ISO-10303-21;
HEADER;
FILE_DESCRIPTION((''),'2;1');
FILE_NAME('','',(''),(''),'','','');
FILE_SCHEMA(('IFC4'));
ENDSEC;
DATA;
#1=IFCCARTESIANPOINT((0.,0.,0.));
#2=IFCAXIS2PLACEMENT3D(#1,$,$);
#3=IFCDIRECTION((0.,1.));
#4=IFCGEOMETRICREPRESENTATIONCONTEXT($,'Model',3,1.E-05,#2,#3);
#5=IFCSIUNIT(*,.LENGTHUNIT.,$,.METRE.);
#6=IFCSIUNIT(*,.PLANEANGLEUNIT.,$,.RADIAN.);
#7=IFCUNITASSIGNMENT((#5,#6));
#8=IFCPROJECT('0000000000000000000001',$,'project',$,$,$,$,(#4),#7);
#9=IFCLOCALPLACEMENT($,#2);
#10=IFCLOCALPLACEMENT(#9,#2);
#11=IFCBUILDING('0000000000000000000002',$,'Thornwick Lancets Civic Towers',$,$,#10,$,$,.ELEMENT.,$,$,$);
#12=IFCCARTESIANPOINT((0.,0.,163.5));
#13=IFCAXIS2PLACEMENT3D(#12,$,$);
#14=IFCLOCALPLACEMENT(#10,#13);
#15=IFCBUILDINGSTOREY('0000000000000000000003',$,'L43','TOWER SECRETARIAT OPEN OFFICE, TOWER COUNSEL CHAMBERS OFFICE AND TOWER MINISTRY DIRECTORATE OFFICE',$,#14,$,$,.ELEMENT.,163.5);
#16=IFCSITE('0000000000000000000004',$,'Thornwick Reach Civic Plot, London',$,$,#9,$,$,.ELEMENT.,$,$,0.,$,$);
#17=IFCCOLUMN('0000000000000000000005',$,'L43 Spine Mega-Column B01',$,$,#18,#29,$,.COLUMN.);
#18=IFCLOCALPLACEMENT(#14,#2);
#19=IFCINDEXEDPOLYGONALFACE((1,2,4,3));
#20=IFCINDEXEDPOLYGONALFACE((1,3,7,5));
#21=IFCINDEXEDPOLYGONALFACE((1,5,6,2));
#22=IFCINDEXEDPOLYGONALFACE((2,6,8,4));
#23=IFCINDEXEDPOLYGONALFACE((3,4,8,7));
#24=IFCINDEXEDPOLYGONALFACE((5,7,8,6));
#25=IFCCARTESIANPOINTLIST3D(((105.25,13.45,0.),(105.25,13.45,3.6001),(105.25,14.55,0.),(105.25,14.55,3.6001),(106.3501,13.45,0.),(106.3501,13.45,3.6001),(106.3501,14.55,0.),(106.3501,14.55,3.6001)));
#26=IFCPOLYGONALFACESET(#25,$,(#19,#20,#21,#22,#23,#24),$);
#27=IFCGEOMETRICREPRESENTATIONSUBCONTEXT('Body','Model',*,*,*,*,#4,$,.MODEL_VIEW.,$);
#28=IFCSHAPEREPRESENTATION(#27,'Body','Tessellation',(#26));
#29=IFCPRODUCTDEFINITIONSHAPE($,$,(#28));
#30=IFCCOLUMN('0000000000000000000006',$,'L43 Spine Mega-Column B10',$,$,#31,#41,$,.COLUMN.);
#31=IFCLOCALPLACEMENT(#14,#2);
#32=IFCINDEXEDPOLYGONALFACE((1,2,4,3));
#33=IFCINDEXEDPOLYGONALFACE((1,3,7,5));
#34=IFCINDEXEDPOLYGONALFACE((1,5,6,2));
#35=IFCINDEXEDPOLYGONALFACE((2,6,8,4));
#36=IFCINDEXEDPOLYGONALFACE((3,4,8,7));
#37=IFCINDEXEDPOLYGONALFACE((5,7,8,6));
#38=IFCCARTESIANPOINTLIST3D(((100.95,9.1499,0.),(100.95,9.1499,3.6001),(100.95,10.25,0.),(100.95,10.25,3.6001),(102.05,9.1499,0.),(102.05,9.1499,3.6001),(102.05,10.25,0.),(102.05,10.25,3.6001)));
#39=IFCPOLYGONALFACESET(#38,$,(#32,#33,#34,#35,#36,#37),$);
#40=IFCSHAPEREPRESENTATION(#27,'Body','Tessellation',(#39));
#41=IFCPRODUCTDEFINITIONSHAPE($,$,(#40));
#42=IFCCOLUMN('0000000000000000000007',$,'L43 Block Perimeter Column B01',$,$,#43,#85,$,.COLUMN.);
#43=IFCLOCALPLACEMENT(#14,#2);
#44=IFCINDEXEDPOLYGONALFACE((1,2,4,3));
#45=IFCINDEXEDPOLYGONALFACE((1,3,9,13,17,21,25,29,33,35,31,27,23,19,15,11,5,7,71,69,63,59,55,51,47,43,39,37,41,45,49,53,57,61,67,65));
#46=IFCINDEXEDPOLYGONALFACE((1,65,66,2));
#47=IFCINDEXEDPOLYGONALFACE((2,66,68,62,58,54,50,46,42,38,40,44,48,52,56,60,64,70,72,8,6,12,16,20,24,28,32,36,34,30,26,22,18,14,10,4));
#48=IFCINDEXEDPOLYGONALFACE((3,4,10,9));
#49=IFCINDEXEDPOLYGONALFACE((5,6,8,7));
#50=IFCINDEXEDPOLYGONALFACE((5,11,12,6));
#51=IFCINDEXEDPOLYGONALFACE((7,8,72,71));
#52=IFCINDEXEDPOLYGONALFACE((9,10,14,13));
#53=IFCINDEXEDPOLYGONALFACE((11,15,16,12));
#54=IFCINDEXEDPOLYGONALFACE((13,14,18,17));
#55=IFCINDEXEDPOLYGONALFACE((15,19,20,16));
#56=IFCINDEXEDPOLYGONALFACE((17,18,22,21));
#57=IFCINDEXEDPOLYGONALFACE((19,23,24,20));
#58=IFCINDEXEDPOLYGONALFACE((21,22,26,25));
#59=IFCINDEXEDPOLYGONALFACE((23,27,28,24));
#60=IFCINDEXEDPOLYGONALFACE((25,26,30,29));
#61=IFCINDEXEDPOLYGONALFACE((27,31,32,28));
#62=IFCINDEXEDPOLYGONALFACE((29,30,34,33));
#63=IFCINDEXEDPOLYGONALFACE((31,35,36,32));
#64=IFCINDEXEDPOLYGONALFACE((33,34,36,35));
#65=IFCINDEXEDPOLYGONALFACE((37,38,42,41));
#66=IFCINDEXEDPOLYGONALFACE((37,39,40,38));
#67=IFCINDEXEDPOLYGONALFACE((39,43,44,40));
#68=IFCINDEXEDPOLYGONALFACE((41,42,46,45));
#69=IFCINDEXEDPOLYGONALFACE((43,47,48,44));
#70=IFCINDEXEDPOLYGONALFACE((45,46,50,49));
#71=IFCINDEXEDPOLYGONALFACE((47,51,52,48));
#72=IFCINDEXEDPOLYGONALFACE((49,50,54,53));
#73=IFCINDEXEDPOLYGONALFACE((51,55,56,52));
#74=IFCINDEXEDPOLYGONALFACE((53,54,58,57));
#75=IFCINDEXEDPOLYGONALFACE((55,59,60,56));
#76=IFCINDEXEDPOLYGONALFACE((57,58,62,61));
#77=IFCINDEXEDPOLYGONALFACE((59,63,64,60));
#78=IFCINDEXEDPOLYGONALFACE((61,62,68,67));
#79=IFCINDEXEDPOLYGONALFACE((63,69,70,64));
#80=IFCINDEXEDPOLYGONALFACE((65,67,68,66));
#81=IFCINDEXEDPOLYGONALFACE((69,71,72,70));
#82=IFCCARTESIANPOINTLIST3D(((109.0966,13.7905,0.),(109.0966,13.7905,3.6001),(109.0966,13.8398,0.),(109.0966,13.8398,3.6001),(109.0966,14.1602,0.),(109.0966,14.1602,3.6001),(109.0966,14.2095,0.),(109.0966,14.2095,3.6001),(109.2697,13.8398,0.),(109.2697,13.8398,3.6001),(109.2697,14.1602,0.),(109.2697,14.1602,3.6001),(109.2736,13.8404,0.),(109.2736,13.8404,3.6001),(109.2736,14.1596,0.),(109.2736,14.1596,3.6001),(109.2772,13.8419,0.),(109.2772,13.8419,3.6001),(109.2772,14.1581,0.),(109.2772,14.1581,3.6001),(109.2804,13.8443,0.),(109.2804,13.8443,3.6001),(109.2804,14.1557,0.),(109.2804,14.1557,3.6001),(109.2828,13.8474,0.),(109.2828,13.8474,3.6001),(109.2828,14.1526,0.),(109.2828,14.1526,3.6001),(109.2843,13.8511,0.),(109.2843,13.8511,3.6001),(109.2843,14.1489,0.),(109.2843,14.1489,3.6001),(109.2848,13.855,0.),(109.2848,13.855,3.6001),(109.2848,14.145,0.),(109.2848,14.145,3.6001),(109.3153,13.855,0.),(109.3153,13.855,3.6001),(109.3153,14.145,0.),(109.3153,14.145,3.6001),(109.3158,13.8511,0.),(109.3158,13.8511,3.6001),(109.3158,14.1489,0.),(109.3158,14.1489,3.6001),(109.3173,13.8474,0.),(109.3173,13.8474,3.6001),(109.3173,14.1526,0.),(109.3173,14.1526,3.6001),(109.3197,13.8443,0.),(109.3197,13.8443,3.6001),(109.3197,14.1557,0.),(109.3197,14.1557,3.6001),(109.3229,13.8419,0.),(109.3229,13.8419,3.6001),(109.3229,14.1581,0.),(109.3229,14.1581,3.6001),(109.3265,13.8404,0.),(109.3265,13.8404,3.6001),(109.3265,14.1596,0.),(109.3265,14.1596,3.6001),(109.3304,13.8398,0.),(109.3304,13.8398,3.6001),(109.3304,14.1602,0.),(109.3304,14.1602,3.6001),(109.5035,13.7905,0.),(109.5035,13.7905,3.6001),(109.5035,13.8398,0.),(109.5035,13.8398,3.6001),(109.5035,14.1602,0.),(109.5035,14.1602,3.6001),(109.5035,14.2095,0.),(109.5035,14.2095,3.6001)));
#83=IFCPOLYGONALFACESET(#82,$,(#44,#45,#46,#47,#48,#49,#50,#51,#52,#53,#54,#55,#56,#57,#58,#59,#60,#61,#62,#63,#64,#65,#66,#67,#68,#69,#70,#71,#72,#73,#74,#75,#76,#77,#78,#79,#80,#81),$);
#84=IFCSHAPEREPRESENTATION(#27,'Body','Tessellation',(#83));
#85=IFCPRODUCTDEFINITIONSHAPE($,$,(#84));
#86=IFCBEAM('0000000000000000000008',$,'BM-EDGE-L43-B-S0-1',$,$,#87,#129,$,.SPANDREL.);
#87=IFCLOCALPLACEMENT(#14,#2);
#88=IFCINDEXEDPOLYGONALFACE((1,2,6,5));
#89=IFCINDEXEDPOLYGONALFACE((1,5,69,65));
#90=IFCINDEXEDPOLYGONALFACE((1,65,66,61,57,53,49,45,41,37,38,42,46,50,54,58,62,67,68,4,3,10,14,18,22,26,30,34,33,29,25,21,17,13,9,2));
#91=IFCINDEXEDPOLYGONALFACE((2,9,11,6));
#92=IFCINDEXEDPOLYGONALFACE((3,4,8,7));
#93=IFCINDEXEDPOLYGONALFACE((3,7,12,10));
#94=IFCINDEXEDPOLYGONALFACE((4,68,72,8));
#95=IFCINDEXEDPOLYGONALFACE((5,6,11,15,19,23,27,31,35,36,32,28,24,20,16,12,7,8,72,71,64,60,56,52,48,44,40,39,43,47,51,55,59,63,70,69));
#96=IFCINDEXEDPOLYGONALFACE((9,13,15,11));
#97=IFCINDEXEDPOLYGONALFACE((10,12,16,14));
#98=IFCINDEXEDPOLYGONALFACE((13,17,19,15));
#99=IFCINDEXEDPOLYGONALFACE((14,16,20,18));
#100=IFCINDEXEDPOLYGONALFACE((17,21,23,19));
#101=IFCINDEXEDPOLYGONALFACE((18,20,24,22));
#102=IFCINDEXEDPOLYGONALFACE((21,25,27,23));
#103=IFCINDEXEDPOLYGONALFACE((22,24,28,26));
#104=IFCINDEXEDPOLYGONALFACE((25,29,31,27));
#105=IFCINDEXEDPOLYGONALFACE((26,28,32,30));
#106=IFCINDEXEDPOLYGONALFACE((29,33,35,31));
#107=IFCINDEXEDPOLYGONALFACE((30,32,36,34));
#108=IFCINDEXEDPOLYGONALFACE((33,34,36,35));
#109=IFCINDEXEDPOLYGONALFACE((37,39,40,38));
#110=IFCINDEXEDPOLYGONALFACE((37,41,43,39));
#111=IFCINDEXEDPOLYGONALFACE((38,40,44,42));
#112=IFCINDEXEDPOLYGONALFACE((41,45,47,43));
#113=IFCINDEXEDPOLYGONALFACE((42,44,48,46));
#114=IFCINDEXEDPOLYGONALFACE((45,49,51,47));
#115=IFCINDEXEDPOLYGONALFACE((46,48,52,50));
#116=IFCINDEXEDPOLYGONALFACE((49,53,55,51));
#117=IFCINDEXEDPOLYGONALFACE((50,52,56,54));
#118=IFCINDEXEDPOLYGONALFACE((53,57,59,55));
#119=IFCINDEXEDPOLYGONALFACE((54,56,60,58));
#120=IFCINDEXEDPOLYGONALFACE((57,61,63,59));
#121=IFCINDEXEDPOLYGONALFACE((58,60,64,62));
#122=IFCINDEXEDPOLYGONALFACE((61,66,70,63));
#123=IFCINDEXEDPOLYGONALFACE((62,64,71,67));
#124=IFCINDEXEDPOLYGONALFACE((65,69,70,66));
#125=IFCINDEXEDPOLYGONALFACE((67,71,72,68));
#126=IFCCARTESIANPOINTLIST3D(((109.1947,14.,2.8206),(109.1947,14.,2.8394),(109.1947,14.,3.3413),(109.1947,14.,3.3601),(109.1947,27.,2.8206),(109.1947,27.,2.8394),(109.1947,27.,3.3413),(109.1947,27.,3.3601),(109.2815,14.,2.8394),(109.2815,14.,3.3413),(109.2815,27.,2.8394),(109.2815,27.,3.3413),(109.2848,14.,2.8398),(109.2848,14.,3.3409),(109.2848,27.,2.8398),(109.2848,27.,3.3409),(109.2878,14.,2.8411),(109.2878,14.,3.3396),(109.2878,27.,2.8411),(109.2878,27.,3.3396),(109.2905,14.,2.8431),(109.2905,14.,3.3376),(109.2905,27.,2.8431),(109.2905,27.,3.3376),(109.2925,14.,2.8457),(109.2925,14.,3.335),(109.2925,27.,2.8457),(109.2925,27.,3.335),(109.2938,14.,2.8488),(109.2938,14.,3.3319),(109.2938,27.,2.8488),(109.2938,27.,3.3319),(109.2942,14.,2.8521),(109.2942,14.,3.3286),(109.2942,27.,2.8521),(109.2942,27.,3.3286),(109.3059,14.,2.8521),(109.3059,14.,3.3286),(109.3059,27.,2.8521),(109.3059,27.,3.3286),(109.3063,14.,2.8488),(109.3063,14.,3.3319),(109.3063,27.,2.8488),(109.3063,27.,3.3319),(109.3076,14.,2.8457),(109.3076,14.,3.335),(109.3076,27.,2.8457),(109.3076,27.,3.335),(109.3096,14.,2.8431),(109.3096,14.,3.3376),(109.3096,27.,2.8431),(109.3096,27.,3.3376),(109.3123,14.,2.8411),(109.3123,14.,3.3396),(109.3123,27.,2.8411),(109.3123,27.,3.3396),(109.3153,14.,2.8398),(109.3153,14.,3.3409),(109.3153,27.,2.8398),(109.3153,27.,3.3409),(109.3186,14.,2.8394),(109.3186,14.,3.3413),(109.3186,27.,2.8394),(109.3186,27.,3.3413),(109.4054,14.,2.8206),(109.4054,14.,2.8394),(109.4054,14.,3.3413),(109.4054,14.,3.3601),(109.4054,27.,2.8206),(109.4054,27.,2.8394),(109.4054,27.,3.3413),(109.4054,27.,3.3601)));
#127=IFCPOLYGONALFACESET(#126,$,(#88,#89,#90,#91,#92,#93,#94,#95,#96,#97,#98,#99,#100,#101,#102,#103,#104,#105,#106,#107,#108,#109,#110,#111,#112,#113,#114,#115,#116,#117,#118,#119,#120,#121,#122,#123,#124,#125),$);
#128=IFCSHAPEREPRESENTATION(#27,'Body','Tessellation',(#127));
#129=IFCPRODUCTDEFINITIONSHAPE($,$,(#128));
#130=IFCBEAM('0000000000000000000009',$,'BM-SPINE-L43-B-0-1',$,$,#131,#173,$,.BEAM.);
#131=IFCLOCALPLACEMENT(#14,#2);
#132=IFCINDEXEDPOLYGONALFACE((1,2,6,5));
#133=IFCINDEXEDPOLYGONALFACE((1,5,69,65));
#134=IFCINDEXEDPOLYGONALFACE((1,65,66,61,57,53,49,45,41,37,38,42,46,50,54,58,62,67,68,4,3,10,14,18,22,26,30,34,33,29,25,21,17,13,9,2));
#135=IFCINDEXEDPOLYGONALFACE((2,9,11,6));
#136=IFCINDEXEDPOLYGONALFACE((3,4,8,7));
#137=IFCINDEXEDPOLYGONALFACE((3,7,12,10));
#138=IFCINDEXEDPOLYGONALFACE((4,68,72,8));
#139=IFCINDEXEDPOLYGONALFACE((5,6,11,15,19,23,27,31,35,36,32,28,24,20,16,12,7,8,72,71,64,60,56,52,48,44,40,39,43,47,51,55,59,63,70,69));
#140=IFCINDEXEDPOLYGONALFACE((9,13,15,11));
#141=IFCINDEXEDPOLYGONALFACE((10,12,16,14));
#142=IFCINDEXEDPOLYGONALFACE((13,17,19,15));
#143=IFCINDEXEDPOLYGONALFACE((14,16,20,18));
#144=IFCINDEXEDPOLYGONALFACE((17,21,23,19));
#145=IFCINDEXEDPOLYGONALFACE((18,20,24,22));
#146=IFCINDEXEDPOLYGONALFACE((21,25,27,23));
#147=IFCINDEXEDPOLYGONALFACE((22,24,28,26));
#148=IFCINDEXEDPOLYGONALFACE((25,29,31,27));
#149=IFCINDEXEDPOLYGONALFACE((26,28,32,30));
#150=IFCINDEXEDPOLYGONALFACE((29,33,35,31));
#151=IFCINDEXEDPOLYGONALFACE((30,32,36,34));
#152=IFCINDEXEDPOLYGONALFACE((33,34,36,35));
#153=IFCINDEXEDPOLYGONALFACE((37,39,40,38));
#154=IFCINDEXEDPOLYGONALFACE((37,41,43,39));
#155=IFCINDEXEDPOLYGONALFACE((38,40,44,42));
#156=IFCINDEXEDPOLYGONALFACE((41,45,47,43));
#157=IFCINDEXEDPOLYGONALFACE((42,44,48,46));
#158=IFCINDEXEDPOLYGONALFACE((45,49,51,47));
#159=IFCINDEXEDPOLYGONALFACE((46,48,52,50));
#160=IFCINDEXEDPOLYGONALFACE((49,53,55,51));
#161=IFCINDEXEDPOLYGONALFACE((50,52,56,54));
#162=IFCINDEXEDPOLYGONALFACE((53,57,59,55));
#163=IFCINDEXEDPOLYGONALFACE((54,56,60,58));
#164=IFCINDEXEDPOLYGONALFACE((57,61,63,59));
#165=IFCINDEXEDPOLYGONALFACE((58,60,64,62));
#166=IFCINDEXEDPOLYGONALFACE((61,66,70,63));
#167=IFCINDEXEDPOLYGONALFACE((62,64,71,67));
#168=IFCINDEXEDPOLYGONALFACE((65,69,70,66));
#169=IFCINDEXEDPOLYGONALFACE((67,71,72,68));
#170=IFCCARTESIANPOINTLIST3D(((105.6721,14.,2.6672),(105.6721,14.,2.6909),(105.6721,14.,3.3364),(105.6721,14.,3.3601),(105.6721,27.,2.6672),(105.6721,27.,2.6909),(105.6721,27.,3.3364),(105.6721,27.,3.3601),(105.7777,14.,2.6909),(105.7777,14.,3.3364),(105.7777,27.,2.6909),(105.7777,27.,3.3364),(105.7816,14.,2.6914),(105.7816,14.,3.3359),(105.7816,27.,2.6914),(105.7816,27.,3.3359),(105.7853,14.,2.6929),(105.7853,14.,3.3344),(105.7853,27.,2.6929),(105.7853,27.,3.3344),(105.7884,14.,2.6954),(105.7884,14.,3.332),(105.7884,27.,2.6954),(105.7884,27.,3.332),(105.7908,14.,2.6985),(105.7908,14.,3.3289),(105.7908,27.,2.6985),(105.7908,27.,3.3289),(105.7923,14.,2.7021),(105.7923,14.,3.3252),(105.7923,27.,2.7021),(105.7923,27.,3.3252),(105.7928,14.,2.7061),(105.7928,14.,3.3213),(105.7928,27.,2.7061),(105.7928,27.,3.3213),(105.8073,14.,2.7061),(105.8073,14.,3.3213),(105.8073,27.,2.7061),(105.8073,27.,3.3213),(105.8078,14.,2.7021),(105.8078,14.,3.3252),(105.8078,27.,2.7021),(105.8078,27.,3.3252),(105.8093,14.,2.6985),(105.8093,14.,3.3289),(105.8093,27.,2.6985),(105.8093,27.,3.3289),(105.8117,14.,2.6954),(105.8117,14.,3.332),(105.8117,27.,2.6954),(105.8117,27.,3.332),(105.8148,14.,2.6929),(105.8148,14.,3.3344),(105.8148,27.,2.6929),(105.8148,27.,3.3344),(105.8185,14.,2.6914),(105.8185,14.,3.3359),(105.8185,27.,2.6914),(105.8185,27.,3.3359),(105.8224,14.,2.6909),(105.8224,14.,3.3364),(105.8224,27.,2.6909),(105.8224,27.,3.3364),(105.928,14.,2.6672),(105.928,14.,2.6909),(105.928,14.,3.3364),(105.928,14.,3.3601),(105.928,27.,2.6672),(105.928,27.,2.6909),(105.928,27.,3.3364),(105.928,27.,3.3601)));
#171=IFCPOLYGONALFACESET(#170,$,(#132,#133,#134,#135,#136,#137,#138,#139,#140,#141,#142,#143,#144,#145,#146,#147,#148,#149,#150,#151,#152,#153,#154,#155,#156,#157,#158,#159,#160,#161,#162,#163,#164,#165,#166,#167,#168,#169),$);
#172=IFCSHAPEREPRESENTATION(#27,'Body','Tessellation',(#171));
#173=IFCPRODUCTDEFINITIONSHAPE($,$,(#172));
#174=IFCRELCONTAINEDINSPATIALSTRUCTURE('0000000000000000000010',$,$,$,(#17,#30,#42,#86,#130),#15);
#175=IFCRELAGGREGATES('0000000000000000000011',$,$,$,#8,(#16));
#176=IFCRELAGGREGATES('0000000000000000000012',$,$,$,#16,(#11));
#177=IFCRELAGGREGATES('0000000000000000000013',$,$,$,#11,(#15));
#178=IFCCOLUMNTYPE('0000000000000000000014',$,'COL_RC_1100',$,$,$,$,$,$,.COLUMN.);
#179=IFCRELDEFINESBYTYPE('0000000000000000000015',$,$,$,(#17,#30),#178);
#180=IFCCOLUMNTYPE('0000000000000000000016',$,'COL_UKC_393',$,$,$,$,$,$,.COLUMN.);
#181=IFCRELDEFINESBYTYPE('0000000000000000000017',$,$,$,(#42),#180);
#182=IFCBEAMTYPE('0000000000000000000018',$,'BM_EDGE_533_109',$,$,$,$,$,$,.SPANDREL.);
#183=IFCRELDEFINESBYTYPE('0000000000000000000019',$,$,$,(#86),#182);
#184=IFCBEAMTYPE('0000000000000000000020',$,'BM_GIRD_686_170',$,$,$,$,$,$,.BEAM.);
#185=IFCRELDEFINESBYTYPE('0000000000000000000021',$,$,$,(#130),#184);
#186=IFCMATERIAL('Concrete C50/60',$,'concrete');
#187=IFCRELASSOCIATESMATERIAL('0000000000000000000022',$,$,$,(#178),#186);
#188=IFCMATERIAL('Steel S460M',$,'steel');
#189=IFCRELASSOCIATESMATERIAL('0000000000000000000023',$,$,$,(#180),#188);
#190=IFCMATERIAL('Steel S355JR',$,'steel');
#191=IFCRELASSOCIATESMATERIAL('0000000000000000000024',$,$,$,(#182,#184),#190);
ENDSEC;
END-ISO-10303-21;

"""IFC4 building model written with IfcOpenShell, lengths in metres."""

from ifc_helpers import new_model, si_unit, direction, frame, origin, origin_2d, place, context, subcontext, project, spatial, rectangle, i_section, extrude, material, material_profile, profile_set, type_object, element, save


model = new_model("IFC4")

# Units and contexts
model_context = context("Model", 3, precision=1e-05, world=origin(), true_north=direction((0.0, 1.0)))
body_context = subcontext(model_context, "Body", "Model", "MODEL_VIEW")
ifc_project = project(units=[si_unit("LENGTHUNIT", "METRE"), si_unit("PLANEANGLEUNIT", "RADIAN")], contexts=[model_context])

# Site, building, storey
site_placement = place(None, origin())
site = spatial("IfcSite", under=ifc_project, at=site_placement, Name="Thornwick Reach Civic Plot, London", CompositionType="ELEMENT", RefElevation=0.0)
building_placement = place(site_placement, origin())
building = spatial("IfcBuilding", under=site, at=building_placement, Name="Thornwick Lancets Civic Towers", CompositionType="ELEMENT")
storey_placement = place(building_placement, frame((0.0, 0.0, 163.5)))
storey = spatial("IfcBuildingStorey", under=building, at=storey_placement, Name="L43", Description="TOWER SECRETARIAT OPEN OFFICE, TOWER COUNSEL CHAMBERS OFFICE AND TOWER MINISTRY DIRECTORATE OFFICE", CompositionType="ELEMENT", Elevation=163.5)

# Columns
ifc_material_1 = material(Name="Concrete C50/60", Category="concrete")
ifc_material_profile_1 = material_profile(ifc_material_1, rectangle(XDim=1.1001, YDim=1.1001, at=origin_2d()), Name="RC 1100x1100")
ifc_profile_set_1 = profile_set([ifc_material_profile_1], Name="Concrete C50/60")
column_type_1 = type_object("IfcColumnType", Name="COL_RC_1100", PredefinedType="COLUMN", material=ifc_profile_set_1)
for number, where, z_axis, x_axis, name in (
    (1, (105.8, 14.0, 0.0), (0.0, 0.0, 1.0), (1.0, 0.0, 0.0), "L43 Spine Mega-Column B01"),
    (2, (101.5, 9.7, 0.0), (0.0, 0.0, 1.0), (1.0, 0.0, 0.0), "L43 Spine Mega-Column B10"),
):
    element("IfcColumn", number, at=place(storey_placement, frame(where, z_axis=z_axis, x_axis=x_axis)), inside=storey, type_object=column_type_1, Name=name, PredefinedType="COLUMN", context=body_context, shape_type="SweptSolid", body=[
        extrude(rectangle(XDim=1.1001, YDim=1.1001, at=origin_2d()), origin(), (0.0, 0.0, 1.0), 3.6001),
    ])
ifc_material_2 = material(Name="Steel S460M", Category="steel")
ifc_material_profile_2 = material_profile(ifc_material_2, i_section(OverallWidth=0.407, OverallDepth=0.4189, WebThickness=0.0305, FlangeThickness=0.0493, FilletRadius=0.0151, at=origin_2d()), Name="UKC 356x406x393")
ifc_profile_set_2 = profile_set([ifc_material_profile_2], Name="Steel S460M")
column_type_2 = type_object("IfcColumnType", Name="COL_UKC_393", PredefinedType="COLUMN", material=ifc_profile_set_2)
column_placement = place(storey_placement, frame((109.3, 14.0, 0.0), z_axis=(0.0, 0.0, 1.0), x_axis=(1.0, 0.0, 0.0)))
element("IfcColumn", 3, at=column_placement, inside=storey, type_object=column_type_2, Name="L43 Block Perimeter Column B01", PredefinedType="COLUMN", context=body_context, shape_type="SweptSolid", body=[
    extrude(i_section(OverallWidth=0.407, OverallDepth=0.4189, WebThickness=0.0305, FlangeThickness=0.0493, FilletRadius=0.0151, at=origin_2d()), origin(), (0.0, 0.0, 1.0), 3.6001),
])

# Beams
ifc_material_3 = material(Name="Steel S355JR", Category="steel")
ifc_material_profile_3 = material_profile(ifc_material_3, i_section(OverallWidth=0.2107, OverallDepth=0.5396, WebThickness=0.0117, FlangeThickness=0.0188, FilletRadius=0.0127, at=origin_2d()), Name="UKB 533x210x109")
ifc_profile_set_3 = profile_set([ifc_material_profile_3], Name="Steel S355JR")
beam_type_1 = type_object("IfcBeamType", Name="BM_EDGE_533_109", PredefinedType="SPANDREL", material=ifc_profile_set_3)
beam_1_placement = place(storey_placement, frame((109.3, 14.0, 3.0903), z_axis=(0.0, 1.0, 0.0), x_axis=(-1.0, 0.0, 0.0)))
element("IfcBeam", 4, at=beam_1_placement, inside=storey, type_object=beam_type_1, Name="BM-EDGE-L43-B-S0-1", PredefinedType="SPANDREL", context=body_context, shape_type="SweptSolid", body=[
    extrude(i_section(OverallWidth=0.2107, OverallDepth=0.5396, WebThickness=0.0117, FlangeThickness=0.0188, FilletRadius=0.0127, at=origin_2d()), origin(), (0.0, 0.0, 1.0), 13.0),
])
ifc_material_profile_4 = material_profile(ifc_material_3, i_section(OverallWidth=0.2559, OverallDepth=0.6929, WebThickness=0.0144, FlangeThickness=0.0237, FilletRadius=0.0151, at=origin_2d()), Name="UKB 686x254x170")
ifc_profile_set_4 = profile_set([ifc_material_profile_4], Name="Steel S355JR")
beam_type_2 = type_object("IfcBeamType", Name="BM_GIRD_686_170", PredefinedType="BEAM", material=ifc_profile_set_4)
for number, where, z_axis, x_axis, name in (
    (5, (105.8, 14.0, 3.0137), (0.0, 1.0, 0.0), (-1.0, 0.0, 0.0), "BM-SPINE-L43-B-0-1"),
):
    element("IfcBeam", number, at=place(storey_placement, frame(where, z_axis=z_axis, x_axis=x_axis)), inside=storey, type_object=beam_type_2, Name=name, PredefinedType="BEAM", context=body_context, shape_type="SweptSolid", body=[
        extrude(i_section(OverallWidth=0.2559, OverallDepth=0.6929, WebThickness=0.0144, FlangeThickness=0.0237, FilletRadius=0.0151, at=origin_2d()), origin(), (0.0, 0.0, 1.0), 13.0),
    ])

save(model, "model.ifc")
